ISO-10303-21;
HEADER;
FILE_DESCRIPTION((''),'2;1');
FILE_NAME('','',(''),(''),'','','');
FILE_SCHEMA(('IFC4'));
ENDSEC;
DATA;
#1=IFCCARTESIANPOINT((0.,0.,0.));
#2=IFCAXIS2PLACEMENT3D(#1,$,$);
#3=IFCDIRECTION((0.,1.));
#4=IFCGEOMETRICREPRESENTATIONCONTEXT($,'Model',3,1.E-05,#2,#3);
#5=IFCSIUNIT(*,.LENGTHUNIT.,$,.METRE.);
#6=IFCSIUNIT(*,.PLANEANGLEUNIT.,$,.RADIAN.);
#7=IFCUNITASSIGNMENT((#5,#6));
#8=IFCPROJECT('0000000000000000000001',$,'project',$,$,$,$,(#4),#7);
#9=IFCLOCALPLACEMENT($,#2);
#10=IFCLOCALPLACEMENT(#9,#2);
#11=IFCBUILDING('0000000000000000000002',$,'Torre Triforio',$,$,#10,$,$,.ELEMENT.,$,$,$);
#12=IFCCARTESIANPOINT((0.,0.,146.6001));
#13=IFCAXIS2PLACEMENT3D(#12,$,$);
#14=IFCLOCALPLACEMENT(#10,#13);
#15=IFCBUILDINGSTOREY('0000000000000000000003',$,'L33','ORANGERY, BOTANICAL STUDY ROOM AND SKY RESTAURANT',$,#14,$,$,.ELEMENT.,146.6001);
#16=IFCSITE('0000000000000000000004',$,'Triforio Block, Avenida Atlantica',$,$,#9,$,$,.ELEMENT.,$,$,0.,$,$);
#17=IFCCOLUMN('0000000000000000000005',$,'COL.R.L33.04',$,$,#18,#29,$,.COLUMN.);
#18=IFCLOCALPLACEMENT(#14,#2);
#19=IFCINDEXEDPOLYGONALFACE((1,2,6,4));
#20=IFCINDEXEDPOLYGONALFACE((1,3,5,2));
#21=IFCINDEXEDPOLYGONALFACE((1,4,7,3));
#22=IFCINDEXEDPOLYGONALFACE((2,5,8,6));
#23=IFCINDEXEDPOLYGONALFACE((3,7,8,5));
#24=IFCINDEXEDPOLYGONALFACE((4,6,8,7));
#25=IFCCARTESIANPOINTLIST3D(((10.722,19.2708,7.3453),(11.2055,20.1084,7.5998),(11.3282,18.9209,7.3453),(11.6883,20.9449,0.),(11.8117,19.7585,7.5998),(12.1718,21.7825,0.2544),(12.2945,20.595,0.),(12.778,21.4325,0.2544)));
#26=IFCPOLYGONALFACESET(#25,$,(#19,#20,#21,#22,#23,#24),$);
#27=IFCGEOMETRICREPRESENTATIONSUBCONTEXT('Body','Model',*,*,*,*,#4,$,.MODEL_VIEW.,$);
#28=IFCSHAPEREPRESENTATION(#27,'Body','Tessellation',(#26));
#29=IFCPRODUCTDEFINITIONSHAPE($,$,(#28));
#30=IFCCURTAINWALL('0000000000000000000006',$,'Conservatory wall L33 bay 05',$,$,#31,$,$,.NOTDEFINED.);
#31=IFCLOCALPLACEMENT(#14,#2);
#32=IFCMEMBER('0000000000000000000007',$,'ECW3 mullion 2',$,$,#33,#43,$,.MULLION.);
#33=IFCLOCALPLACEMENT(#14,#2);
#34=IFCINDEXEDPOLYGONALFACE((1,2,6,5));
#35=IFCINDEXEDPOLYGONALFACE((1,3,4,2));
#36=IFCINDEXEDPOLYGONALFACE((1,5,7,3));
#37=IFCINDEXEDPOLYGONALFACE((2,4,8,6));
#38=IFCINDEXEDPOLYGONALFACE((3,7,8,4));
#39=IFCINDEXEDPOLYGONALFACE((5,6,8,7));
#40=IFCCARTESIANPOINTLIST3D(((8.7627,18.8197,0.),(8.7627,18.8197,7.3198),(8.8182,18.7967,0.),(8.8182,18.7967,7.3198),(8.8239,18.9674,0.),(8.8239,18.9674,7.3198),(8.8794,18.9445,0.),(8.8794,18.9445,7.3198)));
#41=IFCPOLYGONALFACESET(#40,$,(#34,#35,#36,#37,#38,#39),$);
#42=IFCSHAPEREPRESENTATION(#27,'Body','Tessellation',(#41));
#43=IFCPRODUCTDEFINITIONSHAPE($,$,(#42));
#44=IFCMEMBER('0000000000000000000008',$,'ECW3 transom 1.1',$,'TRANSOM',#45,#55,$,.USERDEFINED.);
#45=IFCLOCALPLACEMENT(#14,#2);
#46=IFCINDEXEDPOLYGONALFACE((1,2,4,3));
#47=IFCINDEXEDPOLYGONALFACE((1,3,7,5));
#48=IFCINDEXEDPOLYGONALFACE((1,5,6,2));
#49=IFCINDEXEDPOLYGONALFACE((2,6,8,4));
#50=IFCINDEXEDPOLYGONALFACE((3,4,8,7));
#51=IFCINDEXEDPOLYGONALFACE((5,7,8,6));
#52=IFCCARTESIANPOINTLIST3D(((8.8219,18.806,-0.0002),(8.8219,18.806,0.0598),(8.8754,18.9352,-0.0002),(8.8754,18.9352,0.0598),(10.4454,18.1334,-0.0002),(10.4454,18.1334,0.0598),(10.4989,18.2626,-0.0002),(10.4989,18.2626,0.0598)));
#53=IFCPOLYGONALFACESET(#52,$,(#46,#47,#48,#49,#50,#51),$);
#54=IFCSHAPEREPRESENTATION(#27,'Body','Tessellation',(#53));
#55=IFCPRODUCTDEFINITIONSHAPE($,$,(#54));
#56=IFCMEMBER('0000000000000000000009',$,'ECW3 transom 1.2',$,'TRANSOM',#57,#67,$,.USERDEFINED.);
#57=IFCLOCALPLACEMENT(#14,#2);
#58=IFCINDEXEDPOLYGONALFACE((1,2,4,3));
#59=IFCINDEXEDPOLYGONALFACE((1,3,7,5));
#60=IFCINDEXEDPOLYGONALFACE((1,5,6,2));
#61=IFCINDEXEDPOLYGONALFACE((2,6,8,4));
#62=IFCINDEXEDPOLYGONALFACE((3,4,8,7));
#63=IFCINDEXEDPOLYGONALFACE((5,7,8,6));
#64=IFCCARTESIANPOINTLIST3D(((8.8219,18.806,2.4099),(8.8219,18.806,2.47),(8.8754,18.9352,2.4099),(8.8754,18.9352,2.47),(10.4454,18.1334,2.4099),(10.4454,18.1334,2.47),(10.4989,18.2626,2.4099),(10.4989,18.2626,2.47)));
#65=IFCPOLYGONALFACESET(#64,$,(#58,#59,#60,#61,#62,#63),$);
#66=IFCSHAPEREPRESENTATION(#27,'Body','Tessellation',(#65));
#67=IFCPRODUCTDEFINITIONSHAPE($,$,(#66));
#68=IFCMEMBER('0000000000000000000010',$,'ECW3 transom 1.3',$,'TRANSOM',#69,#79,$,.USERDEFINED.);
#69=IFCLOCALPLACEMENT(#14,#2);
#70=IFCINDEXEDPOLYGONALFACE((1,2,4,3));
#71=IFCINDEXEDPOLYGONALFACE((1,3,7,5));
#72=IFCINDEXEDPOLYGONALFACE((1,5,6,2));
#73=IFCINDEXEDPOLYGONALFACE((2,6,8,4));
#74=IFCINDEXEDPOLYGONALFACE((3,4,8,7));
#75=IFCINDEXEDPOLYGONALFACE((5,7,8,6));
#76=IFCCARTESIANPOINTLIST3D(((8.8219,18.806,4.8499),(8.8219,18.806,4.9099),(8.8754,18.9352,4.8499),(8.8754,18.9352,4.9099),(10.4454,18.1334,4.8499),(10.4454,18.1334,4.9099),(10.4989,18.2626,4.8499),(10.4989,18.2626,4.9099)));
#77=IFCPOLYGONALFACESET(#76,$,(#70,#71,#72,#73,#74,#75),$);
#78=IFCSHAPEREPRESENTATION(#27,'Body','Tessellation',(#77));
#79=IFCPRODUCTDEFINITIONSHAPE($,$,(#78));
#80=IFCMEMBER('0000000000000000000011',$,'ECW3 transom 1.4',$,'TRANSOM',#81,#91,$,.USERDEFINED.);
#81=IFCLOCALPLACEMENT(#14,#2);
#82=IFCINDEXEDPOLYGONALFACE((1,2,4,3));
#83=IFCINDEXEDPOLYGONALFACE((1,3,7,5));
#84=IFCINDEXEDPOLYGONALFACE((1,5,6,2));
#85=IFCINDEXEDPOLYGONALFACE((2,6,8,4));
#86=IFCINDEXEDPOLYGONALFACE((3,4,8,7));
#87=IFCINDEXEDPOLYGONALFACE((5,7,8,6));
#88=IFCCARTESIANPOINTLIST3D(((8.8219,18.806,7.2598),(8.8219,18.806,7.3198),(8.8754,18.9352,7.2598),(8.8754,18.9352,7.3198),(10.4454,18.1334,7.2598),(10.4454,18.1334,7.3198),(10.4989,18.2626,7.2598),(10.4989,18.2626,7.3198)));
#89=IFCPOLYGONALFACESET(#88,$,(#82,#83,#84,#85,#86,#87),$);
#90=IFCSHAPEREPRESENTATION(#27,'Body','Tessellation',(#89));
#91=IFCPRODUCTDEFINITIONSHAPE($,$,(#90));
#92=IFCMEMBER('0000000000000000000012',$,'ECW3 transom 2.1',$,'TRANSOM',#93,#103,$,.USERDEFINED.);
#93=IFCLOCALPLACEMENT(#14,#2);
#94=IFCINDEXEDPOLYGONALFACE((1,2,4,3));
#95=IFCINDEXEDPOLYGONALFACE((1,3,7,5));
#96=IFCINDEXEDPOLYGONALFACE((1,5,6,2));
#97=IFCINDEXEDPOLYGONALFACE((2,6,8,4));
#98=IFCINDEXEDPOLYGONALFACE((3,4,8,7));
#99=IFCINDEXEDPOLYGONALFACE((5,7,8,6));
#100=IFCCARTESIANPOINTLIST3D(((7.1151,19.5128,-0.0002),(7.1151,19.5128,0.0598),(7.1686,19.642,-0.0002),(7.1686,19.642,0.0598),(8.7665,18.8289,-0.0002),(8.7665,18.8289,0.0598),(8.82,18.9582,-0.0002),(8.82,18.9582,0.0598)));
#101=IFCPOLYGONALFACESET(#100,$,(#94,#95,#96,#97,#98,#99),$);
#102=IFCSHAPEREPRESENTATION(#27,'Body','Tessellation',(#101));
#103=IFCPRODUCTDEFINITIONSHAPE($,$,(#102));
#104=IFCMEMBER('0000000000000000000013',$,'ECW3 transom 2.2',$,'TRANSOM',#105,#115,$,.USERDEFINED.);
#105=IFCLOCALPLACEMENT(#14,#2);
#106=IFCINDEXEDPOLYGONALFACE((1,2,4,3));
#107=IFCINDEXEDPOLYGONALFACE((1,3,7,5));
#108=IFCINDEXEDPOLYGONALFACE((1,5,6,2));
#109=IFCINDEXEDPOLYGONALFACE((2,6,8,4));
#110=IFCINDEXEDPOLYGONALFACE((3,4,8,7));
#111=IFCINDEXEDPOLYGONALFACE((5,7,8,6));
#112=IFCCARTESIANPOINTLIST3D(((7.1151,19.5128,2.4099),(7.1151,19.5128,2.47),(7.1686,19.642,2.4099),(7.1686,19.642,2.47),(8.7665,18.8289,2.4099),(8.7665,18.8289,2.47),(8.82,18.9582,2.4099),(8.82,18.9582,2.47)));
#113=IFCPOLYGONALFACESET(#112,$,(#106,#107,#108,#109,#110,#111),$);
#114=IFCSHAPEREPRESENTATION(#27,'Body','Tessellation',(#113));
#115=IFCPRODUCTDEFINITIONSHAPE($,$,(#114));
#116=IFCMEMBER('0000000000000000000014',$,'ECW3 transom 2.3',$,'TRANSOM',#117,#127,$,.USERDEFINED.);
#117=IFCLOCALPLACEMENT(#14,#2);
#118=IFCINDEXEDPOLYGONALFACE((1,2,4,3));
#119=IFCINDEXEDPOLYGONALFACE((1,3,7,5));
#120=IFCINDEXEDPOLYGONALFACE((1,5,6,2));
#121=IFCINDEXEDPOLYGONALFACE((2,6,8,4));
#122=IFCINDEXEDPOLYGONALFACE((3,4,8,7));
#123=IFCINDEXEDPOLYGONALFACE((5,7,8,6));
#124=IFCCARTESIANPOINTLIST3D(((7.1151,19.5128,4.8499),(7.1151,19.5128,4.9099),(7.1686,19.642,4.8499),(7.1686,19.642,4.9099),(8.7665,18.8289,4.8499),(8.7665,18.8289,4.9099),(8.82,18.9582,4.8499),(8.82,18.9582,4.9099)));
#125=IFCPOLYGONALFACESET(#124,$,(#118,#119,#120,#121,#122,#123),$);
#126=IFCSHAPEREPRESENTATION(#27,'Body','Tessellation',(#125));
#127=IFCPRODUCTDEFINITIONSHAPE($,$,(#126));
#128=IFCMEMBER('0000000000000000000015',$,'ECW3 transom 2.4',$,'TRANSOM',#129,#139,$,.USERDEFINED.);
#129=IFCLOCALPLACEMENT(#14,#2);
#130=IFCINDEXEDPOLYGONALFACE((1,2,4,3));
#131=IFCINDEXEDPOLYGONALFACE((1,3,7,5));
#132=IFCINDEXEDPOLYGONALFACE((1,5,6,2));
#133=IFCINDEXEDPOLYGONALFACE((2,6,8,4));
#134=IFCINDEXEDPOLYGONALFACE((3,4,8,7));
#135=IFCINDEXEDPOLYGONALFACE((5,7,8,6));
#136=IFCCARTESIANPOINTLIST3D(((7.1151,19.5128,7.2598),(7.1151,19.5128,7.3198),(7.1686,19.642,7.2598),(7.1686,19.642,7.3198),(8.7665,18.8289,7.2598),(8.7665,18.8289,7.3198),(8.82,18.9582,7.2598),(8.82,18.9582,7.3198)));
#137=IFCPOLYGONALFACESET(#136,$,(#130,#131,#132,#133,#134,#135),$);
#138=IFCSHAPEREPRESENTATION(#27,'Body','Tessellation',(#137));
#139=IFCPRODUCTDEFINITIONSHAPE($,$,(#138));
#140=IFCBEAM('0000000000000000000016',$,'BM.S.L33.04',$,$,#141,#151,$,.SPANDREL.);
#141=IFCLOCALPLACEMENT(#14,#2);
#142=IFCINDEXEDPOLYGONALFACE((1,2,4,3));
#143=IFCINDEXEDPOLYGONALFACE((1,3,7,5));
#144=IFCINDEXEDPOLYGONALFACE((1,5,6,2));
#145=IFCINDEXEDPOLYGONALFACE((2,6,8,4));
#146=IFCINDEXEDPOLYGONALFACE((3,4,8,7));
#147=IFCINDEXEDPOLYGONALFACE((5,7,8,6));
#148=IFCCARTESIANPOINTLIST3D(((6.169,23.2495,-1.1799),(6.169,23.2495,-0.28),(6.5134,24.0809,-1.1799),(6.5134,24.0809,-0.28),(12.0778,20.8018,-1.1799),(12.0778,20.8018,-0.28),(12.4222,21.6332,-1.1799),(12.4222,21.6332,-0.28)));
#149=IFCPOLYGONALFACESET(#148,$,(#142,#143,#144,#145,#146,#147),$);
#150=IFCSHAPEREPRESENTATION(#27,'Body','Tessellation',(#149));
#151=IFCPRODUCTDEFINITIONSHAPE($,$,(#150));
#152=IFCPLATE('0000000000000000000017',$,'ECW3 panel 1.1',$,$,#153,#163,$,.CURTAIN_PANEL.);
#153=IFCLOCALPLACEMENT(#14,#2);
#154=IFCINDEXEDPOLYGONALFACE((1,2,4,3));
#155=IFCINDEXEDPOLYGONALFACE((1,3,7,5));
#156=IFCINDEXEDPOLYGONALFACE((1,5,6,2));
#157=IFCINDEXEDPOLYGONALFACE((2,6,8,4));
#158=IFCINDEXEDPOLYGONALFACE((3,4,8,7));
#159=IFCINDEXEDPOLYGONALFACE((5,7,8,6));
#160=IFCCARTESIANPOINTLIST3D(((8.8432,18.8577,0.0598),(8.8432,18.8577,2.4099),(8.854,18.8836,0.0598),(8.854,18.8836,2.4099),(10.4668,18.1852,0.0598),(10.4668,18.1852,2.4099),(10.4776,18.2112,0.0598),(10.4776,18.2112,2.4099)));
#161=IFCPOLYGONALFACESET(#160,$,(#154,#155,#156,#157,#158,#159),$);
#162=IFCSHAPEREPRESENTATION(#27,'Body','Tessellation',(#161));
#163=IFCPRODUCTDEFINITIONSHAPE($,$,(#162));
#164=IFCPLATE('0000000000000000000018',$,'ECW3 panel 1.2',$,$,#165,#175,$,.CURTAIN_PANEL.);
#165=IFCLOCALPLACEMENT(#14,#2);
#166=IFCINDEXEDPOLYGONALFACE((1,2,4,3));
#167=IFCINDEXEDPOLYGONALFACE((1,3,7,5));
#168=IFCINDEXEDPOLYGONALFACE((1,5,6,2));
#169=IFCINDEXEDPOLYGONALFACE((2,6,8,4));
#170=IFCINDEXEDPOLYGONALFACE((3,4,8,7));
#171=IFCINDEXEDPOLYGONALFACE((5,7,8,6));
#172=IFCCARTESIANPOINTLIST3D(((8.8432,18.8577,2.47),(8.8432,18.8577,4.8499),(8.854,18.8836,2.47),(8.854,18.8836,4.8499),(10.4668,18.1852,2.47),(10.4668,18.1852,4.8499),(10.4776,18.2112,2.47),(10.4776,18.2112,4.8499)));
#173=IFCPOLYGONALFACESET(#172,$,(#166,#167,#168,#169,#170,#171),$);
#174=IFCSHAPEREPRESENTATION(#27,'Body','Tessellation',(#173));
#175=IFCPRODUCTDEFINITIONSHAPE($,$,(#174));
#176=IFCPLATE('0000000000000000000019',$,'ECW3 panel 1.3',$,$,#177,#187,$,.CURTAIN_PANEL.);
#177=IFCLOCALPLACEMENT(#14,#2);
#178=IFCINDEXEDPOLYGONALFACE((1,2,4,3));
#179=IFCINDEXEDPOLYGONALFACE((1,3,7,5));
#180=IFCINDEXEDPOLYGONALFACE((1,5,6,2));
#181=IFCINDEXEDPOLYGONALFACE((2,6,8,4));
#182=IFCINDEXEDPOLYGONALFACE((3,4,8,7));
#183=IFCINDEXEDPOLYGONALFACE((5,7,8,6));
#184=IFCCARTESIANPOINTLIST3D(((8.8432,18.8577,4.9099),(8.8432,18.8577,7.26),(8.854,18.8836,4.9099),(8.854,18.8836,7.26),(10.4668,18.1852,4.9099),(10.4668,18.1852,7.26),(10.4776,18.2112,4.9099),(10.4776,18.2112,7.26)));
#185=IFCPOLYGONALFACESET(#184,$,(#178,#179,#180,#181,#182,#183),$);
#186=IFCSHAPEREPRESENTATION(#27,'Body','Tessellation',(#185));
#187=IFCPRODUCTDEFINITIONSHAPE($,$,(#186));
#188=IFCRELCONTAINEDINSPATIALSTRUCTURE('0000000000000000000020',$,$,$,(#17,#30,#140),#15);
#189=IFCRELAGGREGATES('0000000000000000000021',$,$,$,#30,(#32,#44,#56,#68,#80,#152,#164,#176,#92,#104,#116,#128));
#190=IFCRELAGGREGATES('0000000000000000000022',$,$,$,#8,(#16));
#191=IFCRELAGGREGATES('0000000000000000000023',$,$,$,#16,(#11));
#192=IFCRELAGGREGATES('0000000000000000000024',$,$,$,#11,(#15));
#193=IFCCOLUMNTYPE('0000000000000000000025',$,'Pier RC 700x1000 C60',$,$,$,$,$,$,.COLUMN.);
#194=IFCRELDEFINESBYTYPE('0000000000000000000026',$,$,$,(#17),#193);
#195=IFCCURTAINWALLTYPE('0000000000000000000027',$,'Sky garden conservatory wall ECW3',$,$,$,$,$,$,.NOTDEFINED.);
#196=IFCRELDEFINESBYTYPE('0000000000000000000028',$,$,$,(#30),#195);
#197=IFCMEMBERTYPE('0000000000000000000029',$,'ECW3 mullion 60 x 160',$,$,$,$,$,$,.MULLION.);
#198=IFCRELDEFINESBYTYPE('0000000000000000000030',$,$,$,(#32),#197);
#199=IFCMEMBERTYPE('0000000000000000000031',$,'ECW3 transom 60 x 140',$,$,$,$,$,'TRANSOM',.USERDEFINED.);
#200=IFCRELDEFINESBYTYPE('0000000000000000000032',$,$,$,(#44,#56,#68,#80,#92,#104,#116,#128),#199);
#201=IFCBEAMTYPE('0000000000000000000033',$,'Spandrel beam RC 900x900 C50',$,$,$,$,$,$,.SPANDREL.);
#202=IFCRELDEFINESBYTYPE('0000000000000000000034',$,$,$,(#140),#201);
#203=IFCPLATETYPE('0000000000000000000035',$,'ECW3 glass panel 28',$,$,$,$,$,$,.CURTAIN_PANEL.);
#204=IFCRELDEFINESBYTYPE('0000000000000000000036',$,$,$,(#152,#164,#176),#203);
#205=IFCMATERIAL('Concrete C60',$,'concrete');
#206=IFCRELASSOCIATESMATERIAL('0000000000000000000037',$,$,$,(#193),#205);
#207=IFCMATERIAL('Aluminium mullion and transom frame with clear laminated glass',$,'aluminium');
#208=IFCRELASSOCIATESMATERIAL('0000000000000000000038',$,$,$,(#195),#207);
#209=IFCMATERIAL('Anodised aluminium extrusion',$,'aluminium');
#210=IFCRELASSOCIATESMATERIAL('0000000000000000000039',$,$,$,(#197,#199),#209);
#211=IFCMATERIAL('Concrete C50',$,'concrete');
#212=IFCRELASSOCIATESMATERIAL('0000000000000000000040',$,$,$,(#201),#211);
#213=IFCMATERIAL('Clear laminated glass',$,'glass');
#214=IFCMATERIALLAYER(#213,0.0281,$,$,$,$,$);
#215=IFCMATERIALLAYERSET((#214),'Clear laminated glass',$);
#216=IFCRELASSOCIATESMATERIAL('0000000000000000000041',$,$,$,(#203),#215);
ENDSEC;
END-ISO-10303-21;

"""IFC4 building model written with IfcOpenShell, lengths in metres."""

from ifc_helpers import new_model, si_unit, direction, frame, origin, origin_2d, place, context, subcontext, project, spatial, rectangle, extrude, material, layer, layer_set, material_profile, profile_set, type_object, element, aggregate, save


model = new_model("IFC4")

# Units and contexts
model_context = context("Model", 3, precision=1e-05, world=origin(), true_north=direction((0.0, 1.0)))
body_context = subcontext(model_context, "Body", "Model", "MODEL_VIEW")
ifc_project = project(units=[si_unit("LENGTHUNIT", "METRE"), si_unit("PLANEANGLEUNIT", "RADIAN")], contexts=[model_context])

# Site, building, storey
site_placement = place(None, origin())
site = spatial("IfcSite", under=ifc_project, at=site_placement, Name="Triforio Block, Avenida Atlantica", CompositionType="ELEMENT", RefElevation=0.0)
building_placement = place(site_placement, origin())
building = spatial("IfcBuilding", under=site, at=building_placement, Name="Torre Triforio", CompositionType="ELEMENT")
storey_placement = place(building_placement, frame((0.0, 0.0, 146.6001)))
storey = spatial("IfcBuildingStorey", under=building, at=storey_placement, Name="L33", Description="ORANGERY, BOTANICAL STUDY ROOM AND SKY RESTAURANT", CompositionType="ELEMENT", Elevation=146.6001)

# Column
ifc_material_1 = material(Name="Concrete C60", Category="concrete")
ifc_material_profile_1 = material_profile(ifc_material_1, rectangle(XDim=0.7, YDim=1.0, at=origin_2d()), Name="RC 700x1000")
ifc_profile_set_1 = profile_set([ifc_material_profile_1], Name="Concrete C60")
column_type = type_object("IfcColumnType", Name="Pier RC 700x1000 C60", PredefinedType="COLUMN", material=ifc_profile_set_1)
column_placement = place(storey_placement, frame((12.2332, 21.1887, 0.1272), z_axis=(-0.127221, -0.220402, 0.967077), x_axis=(0.866074, -0.499916, 0.0)))
element("IfcColumn", 1, at=column_placement, inside=storey, type_object=column_type, Name="COL.R.L33.04", PredefinedType="COLUMN", context=body_context, shape_type="SweptSolid", body=[
    extrude(rectangle(XDim=0.7, YDim=1.0, at=origin_2d()), origin(), (0.0, 0.0, 1.0), 7.5955),
])

# Curtain wall, members
ifc_material_2 = material(Name="Aluminium mullion and transom frame with clear laminated glass", Category="aluminium")
curtain_wall_type = type_object("IfcCurtainWallType", Name="Sky garden conservatory wall ECW3", PredefinedType="NOTDEFINED", material=ifc_material_2)
curtain_wall_placement = place(storey_placement, origin())
curtain_wall = element("IfcCurtainWall", 2, at=curtain_wall_placement, inside=storey, type_object=curtain_wall_type, Name="Conservatory wall L33 bay 05", PredefinedType="NOTDEFINED")
ifc_material_3 = material(Name="Anodised aluminium extrusion", Category="aluminium")
ifc_material_profile_2 = material_profile(ifc_material_3, rectangle(XDim=0.1599, YDim=0.0601, at=origin_2d()), Name="ECW3 MULLION 60x160")
ifc_profile_set_2 = profile_set([ifc_material_profile_2], Name="Anodised aluminium extrusion")
member_type_1 = type_object("IfcMemberType", Name="ECW3 mullion 60 x 160", PredefinedType="MULLION", material=ifc_profile_set_2)
member_1_placement = place(storey_placement, frame((8.821, 18.8821, 0.0), z_axis=(0.0, 0.0, 1.0), x_axis=(-0.382675, -0.923883, 0.0)))
member_1 = element("IfcMember", 3, at=member_1_placement, type_object=member_type_1, Name="ECW3 mullion 2", PredefinedType="MULLION", context=body_context, shape_type="SweptSolid", body=[
    extrude(rectangle(XDim=0.1599, YDim=0.0601, at=origin_2d()), origin(), (0.0, 0.0, 1.0), 7.3198),
])
ifc_material_profile_3 = material_profile(ifc_material_3, rectangle(XDim=0.1399, YDim=0.0601, at=origin_2d()), Name="ECW3 TRANSOM 60x140")
ifc_profile_set_3 = profile_set([ifc_material_profile_3], Name="Anodised aluminium extrusion")
member_type_2 = type_object("IfcMemberType", Name="ECW3 transom 60 x 140", ElementType="TRANSOM", PredefinedType="USERDEFINED", material=ifc_profile_set_3)
member_2_placement = place(storey_placement, frame((10.4722, 18.198, 0.0298), z_axis=(-0.923856, 0.38274, 0.0), x_axis=(-0.38274, -0.923856, 0.0)))
member_2 = element("IfcMember", 4, at=member_2_placement, type_object=member_type_2, Name="ECW3 transom 1.1", ObjectType="TRANSOM", PredefinedType="USERDEFINED", context=body_context, shape_type="SweptSolid", body=[
    extrude(rectangle(XDim=0.1399, YDim=0.0601, at=origin_2d()), origin(), (0.0, 0.0, 1.0), 1.7573),
])
member_3_placement = place(storey_placement, frame((10.4722, 18.198, 2.4399), z_axis=(-0.923856, 0.38274, 0.0), x_axis=(-0.38274, -0.923856, 0.0)))
member_3 = element("IfcMember", 5, at=member_3_placement, type_object=member_type_2, Name="ECW3 transom 1.2", ObjectType="TRANSOM", PredefinedType="USERDEFINED", context=body_context, shape_type="SweptSolid", body=[
    extrude(rectangle(XDim=0.1399, YDim=0.0601, at=origin_2d()), origin(), (0.0, 0.0, 1.0), 1.7573),
])
member_4_placement = place(storey_placement, frame((10.4722, 18.198, 4.8799), z_axis=(-0.923856, 0.38274, 0.0), x_axis=(-0.38274, -0.923856, 0.0)))
member_4 = element("IfcMember", 6, at=member_4_placement, type_object=member_type_2, Name="ECW3 transom 1.3", ObjectType="TRANSOM", PredefinedType="USERDEFINED", context=body_context, shape_type="SweptSolid", body=[
    extrude(rectangle(XDim=0.1399, YDim=0.0601, at=origin_2d()), origin(), (0.0, 0.0, 1.0), 1.7573),
])
member_5_placement = place(storey_placement, frame((10.4722, 18.198, 7.2898), z_axis=(-0.923856, 0.38274, 0.0), x_axis=(-0.38274, -0.923856, 0.0)))
member_5 = element("IfcMember", 7, at=member_5_placement, type_object=member_type_2, Name="ECW3 transom 1.4", ObjectType="TRANSOM", PredefinedType="USERDEFINED", context=body_context, shape_type="SweptSolid", body=[
    extrude(rectangle(XDim=0.1399, YDim=0.0601, at=origin_2d()), origin(), (0.0, 0.0, 1.0), 1.7573),
])
member_6_placement = place(storey_placement, frame((8.7932, 18.8936, 0.0298), z_axis=(-0.923915, 0.382597, 0.0), x_axis=(-0.382597, -0.923915, 0.0)))
member_6 = element("IfcMember", 8, at=member_6_placement, type_object=member_type_2, Name="ECW3 transom 2.1", ObjectType="TRANSOM", PredefinedType="USERDEFINED", context=body_context, shape_type="SweptSolid", body=[
    extrude(rectangle(XDim=0.1399, YDim=0.0601, at=origin_2d()), origin(), (0.0, 0.0, 1.0), 1.7874),
])
member_7_placement = place(storey_placement, frame((8.7932, 18.8936, 2.4399), z_axis=(-0.923915, 0.382597, 0.0), x_axis=(-0.382597, -0.923915, 0.0)))
member_7 = element("IfcMember", 9, at=member_7_placement, type_object=member_type_2, Name="ECW3 transom 2.2", ObjectType="TRANSOM", PredefinedType="USERDEFINED", context=body_context, shape_type="SweptSolid", body=[
    extrude(rectangle(XDim=0.1399, YDim=0.0601, at=origin_2d()), origin(), (0.0, 0.0, 1.0), 1.7874),
])
member_8_placement = place(storey_placement, frame((8.7932, 18.8936, 4.8799), z_axis=(-0.923915, 0.382597, 0.0), x_axis=(-0.382597, -0.923915, 0.0)))
member_8 = element("IfcMember", 10, at=member_8_placement, type_object=member_type_2, Name="ECW3 transom 2.3", ObjectType="TRANSOM", PredefinedType="USERDEFINED", context=body_context, shape_type="SweptSolid", body=[
    extrude(rectangle(XDim=0.1399, YDim=0.0601, at=origin_2d()), origin(), (0.0, 0.0, 1.0), 1.7874),
])
member_9_placement = place(storey_placement, frame((8.7932, 18.8936, 7.2898), z_axis=(-0.923915, 0.382597, 0.0), x_axis=(-0.382597, -0.923915, 0.0)))
member_9 = element("IfcMember", 11, at=member_9_placement, type_object=member_type_2, Name="ECW3 transom 2.4", ObjectType="TRANSOM", PredefinedType="USERDEFINED", context=body_context, shape_type="SweptSolid", body=[
    extrude(rectangle(XDim=0.1399, YDim=0.0601, at=origin_2d()), origin(), (0.0, 0.0, 1.0), 1.7874),
])

# Beam
ifc_material_4 = material(Name="Concrete C50", Category="concrete")
ifc_material_profile_4 = material_profile(ifc_material_4, rectangle(XDim=0.8999, YDim=0.8999, at=origin_2d()), Name="RC 900x900")
ifc_profile_set_4 = profile_set([ifc_material_profile_4], Name="Concrete C50")
beam_type = type_object("IfcBeamType", Name="Spandrel beam RC 900x900 C50", PredefinedType="SPANDREL", material=ifc_profile_set_4)
beam_placement = place(storey_placement, frame((12.25, 21.2175, -0.73), z_axis=(-0.923869, 0.382709, 0.0), x_axis=(-0.382709, -0.923869, 0.0)))
element("IfcBeam", 12, at=beam_placement, inside=storey, type_object=beam_type, Name="BM.S.L33.04", PredefinedType="SPANDREL", context=body_context, shape_type="SweptSolid", body=[
    extrude(rectangle(XDim=0.8999, YDim=0.8999, at=origin_2d()), origin(), (0.0, 0.0, 1.0), 6.3958),
])

# Plates
ifc_material_5 = material(Name="Clear laminated glass", Category="glass")
ifc_layer_1 = layer(ifc_material_5, 0.0281)
ifc_layer_set_1 = layer_set([ifc_layer_1], Name="Clear laminated glass")
plate_type = type_object("IfcPlateType", Name="ECW3 glass panel 28", PredefinedType="CURTAIN_PANEL", material=ifc_layer_set_1)
plate_1_placement = place(storey_placement, frame((9.6604, 18.5344, 0.0598), z_axis=(0.0, 0.0, 1.0), x_axis=(-0.923883, 0.382675, 0.0)))
plate_1 = element("IfcPlate", 13, at=plate_1_placement, type_object=plate_type, Name="ECW3 panel 1.1", PredefinedType="CURTAIN_PANEL", context=body_context, shape_type="SweptSolid", body=[
    extrude(rectangle(XDim=1.7573, YDim=0.0281, at=origin_2d()), origin(), (0.0, 0.0, 1.0), 2.3501),
])
plate_2_placement = place(storey_placement, frame((9.6604, 18.5344, 2.47), z_axis=(0.0, 0.0, 1.0), x_axis=(-0.923883, 0.382675, 0.0)))
plate_2 = element("IfcPlate", 14, at=plate_2_placement, type_object=plate_type, Name="ECW3 panel 1.2", PredefinedType="CURTAIN_PANEL", context=body_context, shape_type="SweptSolid", body=[
    extrude(rectangle(XDim=1.7573, YDim=0.0281, at=origin_2d()), origin(), (0.0, 0.0, 1.0), 2.3799),
])
plate_3_placement = place(storey_placement, frame((9.6604, 18.5344, 4.9099), z_axis=(0.0, 0.0, 1.0), x_axis=(-0.923883, 0.382675, 0.0)))
plate_3 = element("IfcPlate", 15, at=plate_3_placement, type_object=plate_type, Name="ECW3 panel 1.3", PredefinedType="CURTAIN_PANEL", context=body_context, shape_type="SweptSolid", body=[
    extrude(rectangle(XDim=1.7573, YDim=0.0281, at=origin_2d()), origin(), (0.0, 0.0, 1.0), 2.3501),
])
aggregate(curtain_wall, [member_1, member_2, member_3, member_4, member_5, plate_1, plate_2, plate_3, member_6, member_7, member_8, member_9])

save(model, "model.ifc")
